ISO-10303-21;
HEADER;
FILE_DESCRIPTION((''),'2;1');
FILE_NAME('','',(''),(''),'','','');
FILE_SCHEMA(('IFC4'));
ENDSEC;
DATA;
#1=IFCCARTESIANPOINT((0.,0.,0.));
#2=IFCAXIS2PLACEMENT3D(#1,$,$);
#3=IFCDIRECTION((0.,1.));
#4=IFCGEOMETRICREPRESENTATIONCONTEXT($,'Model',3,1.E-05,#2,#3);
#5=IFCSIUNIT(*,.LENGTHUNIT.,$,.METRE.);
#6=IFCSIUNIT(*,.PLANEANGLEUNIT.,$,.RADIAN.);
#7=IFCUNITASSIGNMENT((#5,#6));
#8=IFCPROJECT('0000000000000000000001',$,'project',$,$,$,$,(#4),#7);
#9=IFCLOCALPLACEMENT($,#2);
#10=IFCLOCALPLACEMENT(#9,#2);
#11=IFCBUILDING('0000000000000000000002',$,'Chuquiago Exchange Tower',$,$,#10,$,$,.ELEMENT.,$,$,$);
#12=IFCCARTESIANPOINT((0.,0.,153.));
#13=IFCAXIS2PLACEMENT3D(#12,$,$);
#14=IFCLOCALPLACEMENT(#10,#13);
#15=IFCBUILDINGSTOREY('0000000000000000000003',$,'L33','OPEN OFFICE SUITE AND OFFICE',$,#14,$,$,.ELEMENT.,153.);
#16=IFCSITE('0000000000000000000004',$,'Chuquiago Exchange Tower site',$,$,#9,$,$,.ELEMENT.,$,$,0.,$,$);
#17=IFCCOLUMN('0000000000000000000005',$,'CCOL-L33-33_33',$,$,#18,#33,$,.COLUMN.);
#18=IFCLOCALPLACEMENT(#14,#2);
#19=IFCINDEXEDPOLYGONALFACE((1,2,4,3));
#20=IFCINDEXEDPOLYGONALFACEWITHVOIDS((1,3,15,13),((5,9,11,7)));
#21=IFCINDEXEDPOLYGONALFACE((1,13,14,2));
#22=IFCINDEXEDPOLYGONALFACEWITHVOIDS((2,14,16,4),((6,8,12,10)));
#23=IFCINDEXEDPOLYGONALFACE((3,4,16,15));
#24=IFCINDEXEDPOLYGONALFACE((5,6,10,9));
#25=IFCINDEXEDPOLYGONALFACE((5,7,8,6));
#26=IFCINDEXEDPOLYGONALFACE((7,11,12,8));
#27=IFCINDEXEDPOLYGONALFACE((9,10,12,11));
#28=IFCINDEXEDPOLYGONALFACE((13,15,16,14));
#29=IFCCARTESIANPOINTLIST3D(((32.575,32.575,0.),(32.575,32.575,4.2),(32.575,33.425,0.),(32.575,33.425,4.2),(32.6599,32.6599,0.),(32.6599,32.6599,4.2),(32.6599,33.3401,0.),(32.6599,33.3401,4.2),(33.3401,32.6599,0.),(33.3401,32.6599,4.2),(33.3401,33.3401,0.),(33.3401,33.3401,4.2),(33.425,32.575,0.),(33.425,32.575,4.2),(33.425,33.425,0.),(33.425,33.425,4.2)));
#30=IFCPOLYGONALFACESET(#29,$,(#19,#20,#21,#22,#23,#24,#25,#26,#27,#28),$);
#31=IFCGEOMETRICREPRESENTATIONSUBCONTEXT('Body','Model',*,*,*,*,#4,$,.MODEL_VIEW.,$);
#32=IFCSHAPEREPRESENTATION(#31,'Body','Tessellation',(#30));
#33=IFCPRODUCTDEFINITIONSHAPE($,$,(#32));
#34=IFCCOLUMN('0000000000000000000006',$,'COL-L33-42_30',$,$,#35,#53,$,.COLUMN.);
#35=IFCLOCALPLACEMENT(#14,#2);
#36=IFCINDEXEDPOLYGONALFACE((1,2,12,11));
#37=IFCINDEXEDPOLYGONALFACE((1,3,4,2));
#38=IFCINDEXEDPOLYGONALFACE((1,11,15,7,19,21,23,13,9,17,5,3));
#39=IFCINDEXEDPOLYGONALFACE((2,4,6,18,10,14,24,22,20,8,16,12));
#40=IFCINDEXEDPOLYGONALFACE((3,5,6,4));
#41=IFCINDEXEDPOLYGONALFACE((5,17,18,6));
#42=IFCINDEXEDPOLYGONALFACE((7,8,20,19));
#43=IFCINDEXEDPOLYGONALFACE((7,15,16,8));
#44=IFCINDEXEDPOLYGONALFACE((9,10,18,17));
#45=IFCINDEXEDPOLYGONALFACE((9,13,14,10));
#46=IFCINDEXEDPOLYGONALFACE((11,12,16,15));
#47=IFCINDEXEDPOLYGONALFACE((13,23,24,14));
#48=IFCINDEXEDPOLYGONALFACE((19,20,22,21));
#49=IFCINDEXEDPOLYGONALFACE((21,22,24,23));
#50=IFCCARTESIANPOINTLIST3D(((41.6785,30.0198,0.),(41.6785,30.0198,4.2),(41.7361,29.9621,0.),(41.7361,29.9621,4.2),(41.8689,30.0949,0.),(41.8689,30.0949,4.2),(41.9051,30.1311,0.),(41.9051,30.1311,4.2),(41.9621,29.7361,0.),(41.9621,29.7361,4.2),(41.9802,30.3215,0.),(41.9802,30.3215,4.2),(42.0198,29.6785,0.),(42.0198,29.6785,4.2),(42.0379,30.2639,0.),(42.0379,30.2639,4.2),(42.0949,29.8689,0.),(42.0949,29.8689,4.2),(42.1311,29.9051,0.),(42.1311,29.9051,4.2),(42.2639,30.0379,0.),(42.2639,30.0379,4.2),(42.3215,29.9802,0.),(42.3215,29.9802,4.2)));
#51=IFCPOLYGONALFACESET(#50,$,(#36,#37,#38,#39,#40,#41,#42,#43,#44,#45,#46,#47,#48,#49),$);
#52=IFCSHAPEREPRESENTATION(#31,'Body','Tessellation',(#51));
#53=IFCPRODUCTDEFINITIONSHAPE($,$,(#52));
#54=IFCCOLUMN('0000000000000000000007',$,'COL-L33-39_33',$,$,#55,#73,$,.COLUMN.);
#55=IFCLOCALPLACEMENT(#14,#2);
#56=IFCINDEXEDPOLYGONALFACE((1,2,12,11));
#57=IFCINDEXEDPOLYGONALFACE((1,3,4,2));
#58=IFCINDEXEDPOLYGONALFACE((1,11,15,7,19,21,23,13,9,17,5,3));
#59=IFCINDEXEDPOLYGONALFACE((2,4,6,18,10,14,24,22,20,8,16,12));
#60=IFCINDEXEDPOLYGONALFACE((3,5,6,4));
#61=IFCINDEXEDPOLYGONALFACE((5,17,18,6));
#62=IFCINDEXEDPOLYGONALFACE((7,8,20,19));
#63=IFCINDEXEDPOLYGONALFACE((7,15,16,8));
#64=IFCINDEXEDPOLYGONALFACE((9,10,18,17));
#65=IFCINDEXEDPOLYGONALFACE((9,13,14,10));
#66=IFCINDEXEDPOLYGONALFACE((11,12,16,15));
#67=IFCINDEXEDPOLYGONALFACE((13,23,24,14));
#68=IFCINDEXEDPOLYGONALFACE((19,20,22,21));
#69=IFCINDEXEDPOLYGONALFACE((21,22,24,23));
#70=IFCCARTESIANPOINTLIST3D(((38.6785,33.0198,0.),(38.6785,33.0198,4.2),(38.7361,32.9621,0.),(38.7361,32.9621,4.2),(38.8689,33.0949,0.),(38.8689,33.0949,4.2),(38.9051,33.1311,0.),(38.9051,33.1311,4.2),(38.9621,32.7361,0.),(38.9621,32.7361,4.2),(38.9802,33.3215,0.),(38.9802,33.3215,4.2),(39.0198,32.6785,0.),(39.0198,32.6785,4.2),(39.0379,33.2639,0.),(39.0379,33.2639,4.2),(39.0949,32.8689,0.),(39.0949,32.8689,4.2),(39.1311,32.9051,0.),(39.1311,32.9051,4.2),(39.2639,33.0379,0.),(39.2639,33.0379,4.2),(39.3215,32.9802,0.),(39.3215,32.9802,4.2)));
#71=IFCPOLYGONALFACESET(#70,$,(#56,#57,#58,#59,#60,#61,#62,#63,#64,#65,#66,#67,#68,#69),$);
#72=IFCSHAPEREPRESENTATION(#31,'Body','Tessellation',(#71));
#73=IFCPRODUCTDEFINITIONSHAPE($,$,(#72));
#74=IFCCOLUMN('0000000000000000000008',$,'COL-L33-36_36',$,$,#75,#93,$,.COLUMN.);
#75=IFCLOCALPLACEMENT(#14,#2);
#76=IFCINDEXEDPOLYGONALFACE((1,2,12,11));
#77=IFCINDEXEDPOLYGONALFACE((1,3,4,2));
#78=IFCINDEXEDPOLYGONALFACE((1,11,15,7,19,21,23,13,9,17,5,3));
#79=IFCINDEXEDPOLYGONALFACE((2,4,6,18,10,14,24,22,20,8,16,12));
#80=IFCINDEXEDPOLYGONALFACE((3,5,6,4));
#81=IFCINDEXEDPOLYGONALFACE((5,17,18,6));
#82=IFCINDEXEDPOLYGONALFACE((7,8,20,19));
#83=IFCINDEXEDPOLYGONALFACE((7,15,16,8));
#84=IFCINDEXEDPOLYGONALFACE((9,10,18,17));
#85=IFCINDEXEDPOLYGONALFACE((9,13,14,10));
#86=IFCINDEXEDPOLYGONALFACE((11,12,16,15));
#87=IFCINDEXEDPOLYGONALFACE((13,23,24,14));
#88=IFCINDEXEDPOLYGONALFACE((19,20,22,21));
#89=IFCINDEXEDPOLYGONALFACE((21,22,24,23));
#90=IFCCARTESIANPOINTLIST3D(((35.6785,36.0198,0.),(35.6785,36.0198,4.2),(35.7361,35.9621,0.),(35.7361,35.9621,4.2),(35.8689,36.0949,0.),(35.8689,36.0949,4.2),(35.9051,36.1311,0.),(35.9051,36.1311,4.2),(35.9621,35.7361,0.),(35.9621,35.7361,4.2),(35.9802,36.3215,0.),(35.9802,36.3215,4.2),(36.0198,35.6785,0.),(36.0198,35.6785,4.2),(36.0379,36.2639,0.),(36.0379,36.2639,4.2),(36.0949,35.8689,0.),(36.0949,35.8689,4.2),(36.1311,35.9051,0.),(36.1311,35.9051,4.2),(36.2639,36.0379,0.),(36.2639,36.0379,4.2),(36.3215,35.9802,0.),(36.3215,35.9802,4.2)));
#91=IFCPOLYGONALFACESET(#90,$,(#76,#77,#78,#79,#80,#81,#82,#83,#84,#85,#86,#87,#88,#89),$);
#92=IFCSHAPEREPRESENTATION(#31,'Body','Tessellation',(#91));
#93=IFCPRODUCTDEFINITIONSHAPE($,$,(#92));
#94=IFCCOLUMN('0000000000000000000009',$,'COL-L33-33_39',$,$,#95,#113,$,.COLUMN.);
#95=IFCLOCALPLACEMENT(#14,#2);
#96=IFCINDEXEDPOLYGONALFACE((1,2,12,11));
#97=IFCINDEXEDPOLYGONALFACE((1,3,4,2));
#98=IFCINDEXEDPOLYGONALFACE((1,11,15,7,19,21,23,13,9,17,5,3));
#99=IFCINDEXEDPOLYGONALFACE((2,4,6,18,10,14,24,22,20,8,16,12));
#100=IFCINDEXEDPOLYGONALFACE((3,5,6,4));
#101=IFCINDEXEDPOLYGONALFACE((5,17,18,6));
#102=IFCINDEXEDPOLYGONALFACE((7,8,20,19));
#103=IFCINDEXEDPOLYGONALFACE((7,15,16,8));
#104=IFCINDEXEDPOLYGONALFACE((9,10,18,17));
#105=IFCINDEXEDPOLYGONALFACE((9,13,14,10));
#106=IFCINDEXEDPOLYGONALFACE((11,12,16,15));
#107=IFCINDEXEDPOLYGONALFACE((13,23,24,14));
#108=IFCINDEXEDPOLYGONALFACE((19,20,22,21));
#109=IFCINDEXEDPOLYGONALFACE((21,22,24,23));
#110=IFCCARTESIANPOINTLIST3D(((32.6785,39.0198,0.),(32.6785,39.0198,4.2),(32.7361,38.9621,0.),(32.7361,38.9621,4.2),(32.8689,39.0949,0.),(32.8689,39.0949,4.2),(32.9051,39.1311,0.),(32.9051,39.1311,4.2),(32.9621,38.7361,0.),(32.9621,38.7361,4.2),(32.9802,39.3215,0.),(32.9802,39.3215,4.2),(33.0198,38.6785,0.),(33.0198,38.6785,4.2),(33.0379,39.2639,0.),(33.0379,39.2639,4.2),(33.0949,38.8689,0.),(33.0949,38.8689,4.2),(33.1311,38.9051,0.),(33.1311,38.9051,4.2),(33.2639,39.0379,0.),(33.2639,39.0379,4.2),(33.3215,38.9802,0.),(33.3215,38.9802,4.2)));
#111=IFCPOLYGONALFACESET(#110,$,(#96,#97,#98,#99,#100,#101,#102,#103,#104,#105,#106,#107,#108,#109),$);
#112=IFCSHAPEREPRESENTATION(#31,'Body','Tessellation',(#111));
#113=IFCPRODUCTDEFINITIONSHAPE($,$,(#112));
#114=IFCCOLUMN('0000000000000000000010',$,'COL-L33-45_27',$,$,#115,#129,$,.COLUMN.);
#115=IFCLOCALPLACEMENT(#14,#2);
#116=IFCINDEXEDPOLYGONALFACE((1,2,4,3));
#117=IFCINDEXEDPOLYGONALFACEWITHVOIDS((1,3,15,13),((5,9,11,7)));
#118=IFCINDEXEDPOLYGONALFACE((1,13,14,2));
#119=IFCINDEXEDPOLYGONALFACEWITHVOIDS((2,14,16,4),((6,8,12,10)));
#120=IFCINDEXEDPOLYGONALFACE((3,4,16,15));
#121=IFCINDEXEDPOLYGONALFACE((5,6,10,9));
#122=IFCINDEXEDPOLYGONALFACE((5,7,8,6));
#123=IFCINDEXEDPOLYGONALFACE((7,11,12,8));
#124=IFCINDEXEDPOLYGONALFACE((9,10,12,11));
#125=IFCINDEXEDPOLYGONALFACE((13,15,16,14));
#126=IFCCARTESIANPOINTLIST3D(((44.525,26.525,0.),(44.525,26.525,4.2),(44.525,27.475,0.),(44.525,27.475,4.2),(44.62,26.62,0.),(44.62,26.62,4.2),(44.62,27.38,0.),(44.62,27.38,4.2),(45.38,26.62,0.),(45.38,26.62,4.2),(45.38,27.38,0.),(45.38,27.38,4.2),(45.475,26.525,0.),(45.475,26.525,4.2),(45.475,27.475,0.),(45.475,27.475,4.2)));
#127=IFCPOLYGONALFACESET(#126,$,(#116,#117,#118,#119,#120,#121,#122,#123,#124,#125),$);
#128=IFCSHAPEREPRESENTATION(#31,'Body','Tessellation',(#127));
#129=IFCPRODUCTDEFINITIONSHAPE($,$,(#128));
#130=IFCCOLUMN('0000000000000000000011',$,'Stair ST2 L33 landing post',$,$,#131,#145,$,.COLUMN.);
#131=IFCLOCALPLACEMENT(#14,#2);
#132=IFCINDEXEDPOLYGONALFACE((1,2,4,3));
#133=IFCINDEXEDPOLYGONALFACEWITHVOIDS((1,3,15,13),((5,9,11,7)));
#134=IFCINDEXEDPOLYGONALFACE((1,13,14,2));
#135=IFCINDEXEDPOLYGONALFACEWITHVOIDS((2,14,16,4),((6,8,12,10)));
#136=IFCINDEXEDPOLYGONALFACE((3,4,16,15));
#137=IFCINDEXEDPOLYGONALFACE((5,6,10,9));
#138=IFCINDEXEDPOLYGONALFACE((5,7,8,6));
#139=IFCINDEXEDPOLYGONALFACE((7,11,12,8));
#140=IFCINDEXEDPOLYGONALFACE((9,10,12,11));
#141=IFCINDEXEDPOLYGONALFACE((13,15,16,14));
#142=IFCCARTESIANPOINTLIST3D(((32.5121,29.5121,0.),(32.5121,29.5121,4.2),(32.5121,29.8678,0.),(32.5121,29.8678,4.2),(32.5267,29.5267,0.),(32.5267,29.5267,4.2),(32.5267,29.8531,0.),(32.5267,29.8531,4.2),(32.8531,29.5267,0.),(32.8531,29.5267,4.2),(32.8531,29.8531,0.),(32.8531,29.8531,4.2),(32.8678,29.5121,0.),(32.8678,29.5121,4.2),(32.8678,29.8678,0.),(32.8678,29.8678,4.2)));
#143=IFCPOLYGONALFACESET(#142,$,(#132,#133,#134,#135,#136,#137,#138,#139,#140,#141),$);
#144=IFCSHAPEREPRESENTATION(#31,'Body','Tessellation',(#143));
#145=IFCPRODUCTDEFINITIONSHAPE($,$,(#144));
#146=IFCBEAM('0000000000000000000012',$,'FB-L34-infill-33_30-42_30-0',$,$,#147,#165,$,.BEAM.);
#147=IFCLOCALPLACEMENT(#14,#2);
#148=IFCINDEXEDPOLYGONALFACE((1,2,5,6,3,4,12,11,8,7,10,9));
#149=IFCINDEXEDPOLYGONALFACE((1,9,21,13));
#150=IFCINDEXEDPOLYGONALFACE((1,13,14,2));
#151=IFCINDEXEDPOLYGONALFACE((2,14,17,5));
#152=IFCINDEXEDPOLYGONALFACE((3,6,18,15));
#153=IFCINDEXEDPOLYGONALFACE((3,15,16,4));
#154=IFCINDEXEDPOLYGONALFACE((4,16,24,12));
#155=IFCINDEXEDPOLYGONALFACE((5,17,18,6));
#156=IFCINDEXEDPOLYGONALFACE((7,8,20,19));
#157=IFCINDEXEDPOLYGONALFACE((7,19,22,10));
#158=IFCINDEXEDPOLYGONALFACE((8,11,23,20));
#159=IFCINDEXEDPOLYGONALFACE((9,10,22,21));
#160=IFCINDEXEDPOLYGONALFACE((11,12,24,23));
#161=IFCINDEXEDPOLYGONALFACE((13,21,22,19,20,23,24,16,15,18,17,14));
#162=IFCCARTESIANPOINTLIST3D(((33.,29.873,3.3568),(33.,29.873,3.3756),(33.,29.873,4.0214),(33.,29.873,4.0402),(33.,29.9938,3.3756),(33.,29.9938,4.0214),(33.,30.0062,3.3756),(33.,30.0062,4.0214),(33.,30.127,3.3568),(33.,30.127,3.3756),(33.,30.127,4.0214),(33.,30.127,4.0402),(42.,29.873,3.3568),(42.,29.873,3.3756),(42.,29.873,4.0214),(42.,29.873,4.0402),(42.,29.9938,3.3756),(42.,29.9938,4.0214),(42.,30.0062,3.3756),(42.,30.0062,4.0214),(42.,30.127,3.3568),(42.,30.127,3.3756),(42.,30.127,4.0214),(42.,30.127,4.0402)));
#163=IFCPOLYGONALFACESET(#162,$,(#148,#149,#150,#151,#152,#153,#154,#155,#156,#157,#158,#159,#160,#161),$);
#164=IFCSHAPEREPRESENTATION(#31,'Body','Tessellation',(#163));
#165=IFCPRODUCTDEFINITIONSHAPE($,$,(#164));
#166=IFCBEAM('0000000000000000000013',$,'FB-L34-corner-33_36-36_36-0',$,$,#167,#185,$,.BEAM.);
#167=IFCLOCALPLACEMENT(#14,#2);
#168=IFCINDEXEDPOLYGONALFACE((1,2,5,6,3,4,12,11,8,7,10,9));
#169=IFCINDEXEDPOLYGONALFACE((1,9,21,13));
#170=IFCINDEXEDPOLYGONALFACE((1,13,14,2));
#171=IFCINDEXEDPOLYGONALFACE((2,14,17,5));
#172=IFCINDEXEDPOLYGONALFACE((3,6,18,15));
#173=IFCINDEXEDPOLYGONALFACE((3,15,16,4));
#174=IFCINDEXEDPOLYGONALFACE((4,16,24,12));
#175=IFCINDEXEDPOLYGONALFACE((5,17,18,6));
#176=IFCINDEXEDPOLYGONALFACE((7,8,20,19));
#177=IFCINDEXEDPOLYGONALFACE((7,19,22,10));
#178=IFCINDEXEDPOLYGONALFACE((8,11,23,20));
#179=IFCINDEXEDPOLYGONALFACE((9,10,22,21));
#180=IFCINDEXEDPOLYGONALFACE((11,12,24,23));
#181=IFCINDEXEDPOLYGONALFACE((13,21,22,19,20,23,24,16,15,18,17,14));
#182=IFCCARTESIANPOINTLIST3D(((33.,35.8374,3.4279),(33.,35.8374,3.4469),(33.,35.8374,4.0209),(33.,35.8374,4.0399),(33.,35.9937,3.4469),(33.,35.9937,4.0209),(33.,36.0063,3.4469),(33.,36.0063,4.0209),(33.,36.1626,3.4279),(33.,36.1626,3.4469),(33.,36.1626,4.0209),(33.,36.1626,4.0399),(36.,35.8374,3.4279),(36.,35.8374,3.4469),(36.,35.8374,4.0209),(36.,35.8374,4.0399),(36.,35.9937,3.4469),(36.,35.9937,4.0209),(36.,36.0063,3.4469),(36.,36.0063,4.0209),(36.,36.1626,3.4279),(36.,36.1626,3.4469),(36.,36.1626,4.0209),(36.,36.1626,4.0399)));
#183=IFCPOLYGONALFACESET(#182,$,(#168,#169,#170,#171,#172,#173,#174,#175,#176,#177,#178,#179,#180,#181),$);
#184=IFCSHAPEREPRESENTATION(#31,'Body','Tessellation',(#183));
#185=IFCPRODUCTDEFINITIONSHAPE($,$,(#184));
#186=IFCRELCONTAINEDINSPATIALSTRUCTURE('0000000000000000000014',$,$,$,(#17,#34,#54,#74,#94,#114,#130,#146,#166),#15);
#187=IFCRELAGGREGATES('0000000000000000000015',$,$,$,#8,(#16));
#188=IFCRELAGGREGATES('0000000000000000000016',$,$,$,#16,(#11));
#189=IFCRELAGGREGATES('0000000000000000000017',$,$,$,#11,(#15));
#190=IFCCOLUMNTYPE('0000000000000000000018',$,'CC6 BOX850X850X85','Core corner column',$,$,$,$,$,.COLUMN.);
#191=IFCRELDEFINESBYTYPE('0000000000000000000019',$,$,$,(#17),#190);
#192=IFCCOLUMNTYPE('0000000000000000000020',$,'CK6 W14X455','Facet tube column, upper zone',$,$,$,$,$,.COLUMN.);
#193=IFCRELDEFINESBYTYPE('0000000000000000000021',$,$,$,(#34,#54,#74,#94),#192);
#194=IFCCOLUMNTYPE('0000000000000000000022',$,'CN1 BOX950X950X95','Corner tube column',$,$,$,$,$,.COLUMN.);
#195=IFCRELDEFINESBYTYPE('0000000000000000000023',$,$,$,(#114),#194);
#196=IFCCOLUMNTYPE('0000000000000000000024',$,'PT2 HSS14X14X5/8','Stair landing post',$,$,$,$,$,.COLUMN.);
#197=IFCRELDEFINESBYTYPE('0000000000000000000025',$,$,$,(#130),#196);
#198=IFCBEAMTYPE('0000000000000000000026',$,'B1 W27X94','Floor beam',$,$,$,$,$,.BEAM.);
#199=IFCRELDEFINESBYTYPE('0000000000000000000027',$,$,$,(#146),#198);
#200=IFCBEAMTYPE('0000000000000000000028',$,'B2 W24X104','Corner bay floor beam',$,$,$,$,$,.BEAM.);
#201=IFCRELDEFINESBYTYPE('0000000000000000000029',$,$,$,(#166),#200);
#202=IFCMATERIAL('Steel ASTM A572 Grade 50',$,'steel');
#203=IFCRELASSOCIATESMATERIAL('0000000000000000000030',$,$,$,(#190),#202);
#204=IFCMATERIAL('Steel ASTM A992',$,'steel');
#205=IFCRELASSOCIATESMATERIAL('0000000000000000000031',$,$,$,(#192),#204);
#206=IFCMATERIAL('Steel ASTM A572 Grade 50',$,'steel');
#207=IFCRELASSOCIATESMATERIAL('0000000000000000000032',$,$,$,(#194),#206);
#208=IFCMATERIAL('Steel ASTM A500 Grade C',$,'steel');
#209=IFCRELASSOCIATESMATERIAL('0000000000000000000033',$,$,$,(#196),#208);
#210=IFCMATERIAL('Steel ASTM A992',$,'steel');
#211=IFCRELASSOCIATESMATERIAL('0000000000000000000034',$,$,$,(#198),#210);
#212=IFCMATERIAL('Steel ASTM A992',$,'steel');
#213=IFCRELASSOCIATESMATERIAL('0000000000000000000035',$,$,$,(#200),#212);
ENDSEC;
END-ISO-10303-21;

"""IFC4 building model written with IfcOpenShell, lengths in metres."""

from ifc_helpers import new_model, si_unit, direction, frame, origin, origin_2d, place, context, subcontext, project, spatial, hollow_rectangle, i_section, extrude, material, material_profile, profile_set, type_object, element, save


model = new_model("IFC4")

# Units and contexts
model_context = context("Model", 3, precision=1e-05, world=origin(), true_north=direction((0.0, 1.0)))
body_context = subcontext(model_context, "Body", "Model", "MODEL_VIEW")
ifc_project = project(units=[si_unit("LENGTHUNIT", "METRE"), si_unit("PLANEANGLEUNIT", "RADIAN")], contexts=[model_context])

# Site, building, storey
site_placement = place(None, origin())
site = spatial("IfcSite", under=ifc_project, at=site_placement, Name="Chuquiago Exchange Tower site", CompositionType="ELEMENT", RefElevation=0.0)
building_placement = place(site_placement, origin())
building = spatial("IfcBuilding", under=site, at=building_placement, Name="Chuquiago Exchange Tower", CompositionType="ELEMENT")
storey_placement = place(building_placement, frame((0.0, 0.0, 153.0)))
storey = spatial("IfcBuildingStorey", under=building, at=storey_placement, Name="L33", Description="OPEN OFFICE SUITE AND OFFICE", CompositionType="ELEMENT", Elevation=153.0)

# Columns
ifc_material_1 = material(Name="Steel ASTM A572 Grade 50", Category="steel")
ifc_material_profile_1 = material_profile(ifc_material_1, hollow_rectangle(XDim=0.8501, YDim=0.8501, WallThickness=0.085, at=origin_2d()), Name="BOX850X850X85")
ifc_profile_set_1 = profile_set([ifc_material_profile_1], Name="Steel ASTM A572 Grade 50")
column_type_1 = type_object("IfcColumnType", Name="CC6 BOX850X850X85", Description="Core corner column", PredefinedType="COLUMN", material=ifc_profile_set_1)
column_1_placement = place(storey_placement, frame((33.0, 33.0, 0.0), z_axis=(0.0, 0.0, 1.0), x_axis=(1.0, 0.0, 0.0)))
element("IfcColumn", 1, at=column_1_placement, inside=storey, type_object=column_type_1, Name="CCOL-L33-33_33", PredefinedType="COLUMN", context=body_context, shape_type="SweptSolid", body=[
    extrude(hollow_rectangle(XDim=0.8501, YDim=0.8501, WallThickness=0.085, at=origin_2d()), origin(), (0.0, 0.0, 1.0), 4.2),
])
ifc_material_2 = material(Name="Steel ASTM A992", Category="steel")
ifc_material_profile_2 = material_profile(ifc_material_2, i_section(OverallWidth=0.4268, OverallDepth=0.4827, WebThickness=0.0513, FlangeThickness=0.0815, at=origin_2d()), Name="W14X455")
ifc_profile_set_2 = profile_set([ifc_material_profile_2], Name="Steel ASTM A992")
column_type_2 = type_object("IfcColumnType", Name="CK6 W14X455", Description="Facet tube column, upper zone", PredefinedType="COLUMN", material=ifc_profile_set_2)
for number, where, z_axis, x_axis, name in (
    (2, (42.0, 30.0, 0.0), (0.0, 0.0, 1.0), (0.707107, 0.707107, 0.0), "COL-L33-42_30"),
    (3, (39.0, 33.0, 0.0), (0.0, 0.0, 1.0), (0.707107, 0.707107, 0.0), "COL-L33-39_33"),
    (4, (36.0, 36.0, 0.0), (0.0, 0.0, 1.0), (0.707107, 0.707107, 0.0), "COL-L33-36_36"),
    (5, (33.0, 39.0, 0.0), (0.0, 0.0, 1.0), (0.707107, 0.707107, 0.0), "COL-L33-33_39"),
):
    element("IfcColumn", number, at=place(storey_placement, frame(where, z_axis=z_axis, x_axis=x_axis)), inside=storey, type_object=column_type_2, Name=name, PredefinedType="COLUMN", context=body_context, shape_type="SweptSolid", body=[
        extrude(i_section(OverallWidth=0.4268, OverallDepth=0.4827, WebThickness=0.0513, FlangeThickness=0.0815, at=origin_2d()), origin(), (0.0, 0.0, 1.0), 4.2),
    ])
ifc_material_3 = material(Name="Steel ASTM A572 Grade 50", Category="steel")
ifc_material_profile_3 = material_profile(ifc_material_3, hollow_rectangle(XDim=0.95, YDim=0.95, WallThickness=0.095, at=origin_2d()), Name="BOX950X950X95")
ifc_profile_set_3 = profile_set([ifc_material_profile_3], Name="Steel ASTM A572 Grade 50")
column_type_3 = type_object("IfcColumnType", Name="CN1 BOX950X950X95", Description="Corner tube column", PredefinedType="COLUMN", material=ifc_profile_set_3)
column_2_placement = place(storey_placement, frame((45.0, 27.0, 0.0), z_axis=(0.0, 0.0, 1.0), x_axis=(1.0, 0.0, 0.0)))
element("IfcColumn", 6, at=column_2_placement, inside=storey, type_object=column_type_3, Name="COL-L33-45_27", PredefinedType="COLUMN", context=body_context, shape_type="SweptSolid", body=[
    extrude(hollow_rectangle(XDim=0.95, YDim=0.95, WallThickness=0.095, at=origin_2d()), origin(), (0.0, 0.0, 1.0), 4.2),
])
ifc_material_4 = material(Name="Steel ASTM A500 Grade C", Category="steel")
ifc_material_profile_4 = material_profile(ifc_material_4, hollow_rectangle(XDim=0.3557, YDim=0.3557, WallThickness=0.0146, at=origin_2d()), Name="HSS14X14X5/8")
ifc_profile_set_4 = profile_set([ifc_material_profile_4], Name="Steel ASTM A500 Grade C")
column_type_4 = type_object("IfcColumnType", Name="PT2 HSS14X14X5/8", Description="Stair landing post", PredefinedType="COLUMN", material=ifc_profile_set_4)
column_3_placement = place(storey_placement, frame((32.6899, 29.6899, 0.0), z_axis=(0.0, 0.0, 1.0), x_axis=(1.0, 0.0, 0.0)))
element("IfcColumn", 7, at=column_3_placement, inside=storey, type_object=column_type_4, Name="Stair ST2 L33 landing post", PredefinedType="COLUMN", context=body_context, shape_type="SweptSolid", body=[
    extrude(hollow_rectangle(XDim=0.3557, YDim=0.3557, WallThickness=0.0146, at=origin_2d()), origin(), (0.0, 0.0, 1.0), 4.2),
])

# Beams
ifc_material_5 = material(Name="Steel ASTM A992", Category="steel")
ifc_material_profile_5 = material_profile(ifc_material_5, i_section(OverallWidth=0.2539, OverallDepth=0.6833, WebThickness=0.0125, FlangeThickness=0.0188, at=origin_2d()), Name="W27X94")
ifc_profile_set_5 = profile_set([ifc_material_profile_5], Name="Steel ASTM A992")
beam_type_1 = type_object("IfcBeamType", Name="B1 W27X94", Description="Floor beam", PredefinedType="BEAM", material=ifc_profile_set_5)
beam_1_placement = place(storey_placement, frame((33.0, 30.0, 3.6985), z_axis=(1.0, 0.0, 0.0), x_axis=(0.0, 1.0, 0.0)))
element("IfcBeam", 8, at=beam_1_placement, inside=storey, type_object=beam_type_1, Name="FB-L34-infill-33_30-42_30-0", PredefinedType="BEAM", context=body_context, shape_type="SweptSolid", body=[
    extrude(i_section(OverallWidth=0.2539, OverallDepth=0.6833, WebThickness=0.0125, FlangeThickness=0.0188, at=origin_2d()), origin(), (0.0, 0.0, 1.0), 9.0),
])
ifc_material_6 = material(Name="Steel ASTM A992", Category="steel")
ifc_material_profile_6 = material_profile(ifc_material_6, i_section(OverallWidth=0.3252, OverallDepth=0.6121, WebThickness=0.0127, FlangeThickness=0.019, at=origin_2d()), Name="W24X104")
ifc_profile_set_6 = profile_set([ifc_material_profile_6], Name="Steel ASTM A992")
beam_type_2 = type_object("IfcBeamType", Name="B2 W24X104", Description="Corner bay floor beam", PredefinedType="BEAM", material=ifc_profile_set_6)
beam_2_placement = place(storey_placement, frame((33.0, 36.0, 3.7339), z_axis=(1.0, 0.0, 0.0), x_axis=(0.0, 1.0, 0.0)))
element("IfcBeam", 9, at=beam_2_placement, inside=storey, type_object=beam_type_2, Name="FB-L34-corner-33_36-36_36-0", PredefinedType="BEAM", context=body_context, shape_type="SweptSolid", body=[
    extrude(i_section(OverallWidth=0.3252, OverallDepth=0.6121, WebThickness=0.0127, FlangeThickness=0.019, at=origin_2d()), origin(), (0.0, 0.0, 1.0), 3.0),
])

save(model, "model.ifc")
